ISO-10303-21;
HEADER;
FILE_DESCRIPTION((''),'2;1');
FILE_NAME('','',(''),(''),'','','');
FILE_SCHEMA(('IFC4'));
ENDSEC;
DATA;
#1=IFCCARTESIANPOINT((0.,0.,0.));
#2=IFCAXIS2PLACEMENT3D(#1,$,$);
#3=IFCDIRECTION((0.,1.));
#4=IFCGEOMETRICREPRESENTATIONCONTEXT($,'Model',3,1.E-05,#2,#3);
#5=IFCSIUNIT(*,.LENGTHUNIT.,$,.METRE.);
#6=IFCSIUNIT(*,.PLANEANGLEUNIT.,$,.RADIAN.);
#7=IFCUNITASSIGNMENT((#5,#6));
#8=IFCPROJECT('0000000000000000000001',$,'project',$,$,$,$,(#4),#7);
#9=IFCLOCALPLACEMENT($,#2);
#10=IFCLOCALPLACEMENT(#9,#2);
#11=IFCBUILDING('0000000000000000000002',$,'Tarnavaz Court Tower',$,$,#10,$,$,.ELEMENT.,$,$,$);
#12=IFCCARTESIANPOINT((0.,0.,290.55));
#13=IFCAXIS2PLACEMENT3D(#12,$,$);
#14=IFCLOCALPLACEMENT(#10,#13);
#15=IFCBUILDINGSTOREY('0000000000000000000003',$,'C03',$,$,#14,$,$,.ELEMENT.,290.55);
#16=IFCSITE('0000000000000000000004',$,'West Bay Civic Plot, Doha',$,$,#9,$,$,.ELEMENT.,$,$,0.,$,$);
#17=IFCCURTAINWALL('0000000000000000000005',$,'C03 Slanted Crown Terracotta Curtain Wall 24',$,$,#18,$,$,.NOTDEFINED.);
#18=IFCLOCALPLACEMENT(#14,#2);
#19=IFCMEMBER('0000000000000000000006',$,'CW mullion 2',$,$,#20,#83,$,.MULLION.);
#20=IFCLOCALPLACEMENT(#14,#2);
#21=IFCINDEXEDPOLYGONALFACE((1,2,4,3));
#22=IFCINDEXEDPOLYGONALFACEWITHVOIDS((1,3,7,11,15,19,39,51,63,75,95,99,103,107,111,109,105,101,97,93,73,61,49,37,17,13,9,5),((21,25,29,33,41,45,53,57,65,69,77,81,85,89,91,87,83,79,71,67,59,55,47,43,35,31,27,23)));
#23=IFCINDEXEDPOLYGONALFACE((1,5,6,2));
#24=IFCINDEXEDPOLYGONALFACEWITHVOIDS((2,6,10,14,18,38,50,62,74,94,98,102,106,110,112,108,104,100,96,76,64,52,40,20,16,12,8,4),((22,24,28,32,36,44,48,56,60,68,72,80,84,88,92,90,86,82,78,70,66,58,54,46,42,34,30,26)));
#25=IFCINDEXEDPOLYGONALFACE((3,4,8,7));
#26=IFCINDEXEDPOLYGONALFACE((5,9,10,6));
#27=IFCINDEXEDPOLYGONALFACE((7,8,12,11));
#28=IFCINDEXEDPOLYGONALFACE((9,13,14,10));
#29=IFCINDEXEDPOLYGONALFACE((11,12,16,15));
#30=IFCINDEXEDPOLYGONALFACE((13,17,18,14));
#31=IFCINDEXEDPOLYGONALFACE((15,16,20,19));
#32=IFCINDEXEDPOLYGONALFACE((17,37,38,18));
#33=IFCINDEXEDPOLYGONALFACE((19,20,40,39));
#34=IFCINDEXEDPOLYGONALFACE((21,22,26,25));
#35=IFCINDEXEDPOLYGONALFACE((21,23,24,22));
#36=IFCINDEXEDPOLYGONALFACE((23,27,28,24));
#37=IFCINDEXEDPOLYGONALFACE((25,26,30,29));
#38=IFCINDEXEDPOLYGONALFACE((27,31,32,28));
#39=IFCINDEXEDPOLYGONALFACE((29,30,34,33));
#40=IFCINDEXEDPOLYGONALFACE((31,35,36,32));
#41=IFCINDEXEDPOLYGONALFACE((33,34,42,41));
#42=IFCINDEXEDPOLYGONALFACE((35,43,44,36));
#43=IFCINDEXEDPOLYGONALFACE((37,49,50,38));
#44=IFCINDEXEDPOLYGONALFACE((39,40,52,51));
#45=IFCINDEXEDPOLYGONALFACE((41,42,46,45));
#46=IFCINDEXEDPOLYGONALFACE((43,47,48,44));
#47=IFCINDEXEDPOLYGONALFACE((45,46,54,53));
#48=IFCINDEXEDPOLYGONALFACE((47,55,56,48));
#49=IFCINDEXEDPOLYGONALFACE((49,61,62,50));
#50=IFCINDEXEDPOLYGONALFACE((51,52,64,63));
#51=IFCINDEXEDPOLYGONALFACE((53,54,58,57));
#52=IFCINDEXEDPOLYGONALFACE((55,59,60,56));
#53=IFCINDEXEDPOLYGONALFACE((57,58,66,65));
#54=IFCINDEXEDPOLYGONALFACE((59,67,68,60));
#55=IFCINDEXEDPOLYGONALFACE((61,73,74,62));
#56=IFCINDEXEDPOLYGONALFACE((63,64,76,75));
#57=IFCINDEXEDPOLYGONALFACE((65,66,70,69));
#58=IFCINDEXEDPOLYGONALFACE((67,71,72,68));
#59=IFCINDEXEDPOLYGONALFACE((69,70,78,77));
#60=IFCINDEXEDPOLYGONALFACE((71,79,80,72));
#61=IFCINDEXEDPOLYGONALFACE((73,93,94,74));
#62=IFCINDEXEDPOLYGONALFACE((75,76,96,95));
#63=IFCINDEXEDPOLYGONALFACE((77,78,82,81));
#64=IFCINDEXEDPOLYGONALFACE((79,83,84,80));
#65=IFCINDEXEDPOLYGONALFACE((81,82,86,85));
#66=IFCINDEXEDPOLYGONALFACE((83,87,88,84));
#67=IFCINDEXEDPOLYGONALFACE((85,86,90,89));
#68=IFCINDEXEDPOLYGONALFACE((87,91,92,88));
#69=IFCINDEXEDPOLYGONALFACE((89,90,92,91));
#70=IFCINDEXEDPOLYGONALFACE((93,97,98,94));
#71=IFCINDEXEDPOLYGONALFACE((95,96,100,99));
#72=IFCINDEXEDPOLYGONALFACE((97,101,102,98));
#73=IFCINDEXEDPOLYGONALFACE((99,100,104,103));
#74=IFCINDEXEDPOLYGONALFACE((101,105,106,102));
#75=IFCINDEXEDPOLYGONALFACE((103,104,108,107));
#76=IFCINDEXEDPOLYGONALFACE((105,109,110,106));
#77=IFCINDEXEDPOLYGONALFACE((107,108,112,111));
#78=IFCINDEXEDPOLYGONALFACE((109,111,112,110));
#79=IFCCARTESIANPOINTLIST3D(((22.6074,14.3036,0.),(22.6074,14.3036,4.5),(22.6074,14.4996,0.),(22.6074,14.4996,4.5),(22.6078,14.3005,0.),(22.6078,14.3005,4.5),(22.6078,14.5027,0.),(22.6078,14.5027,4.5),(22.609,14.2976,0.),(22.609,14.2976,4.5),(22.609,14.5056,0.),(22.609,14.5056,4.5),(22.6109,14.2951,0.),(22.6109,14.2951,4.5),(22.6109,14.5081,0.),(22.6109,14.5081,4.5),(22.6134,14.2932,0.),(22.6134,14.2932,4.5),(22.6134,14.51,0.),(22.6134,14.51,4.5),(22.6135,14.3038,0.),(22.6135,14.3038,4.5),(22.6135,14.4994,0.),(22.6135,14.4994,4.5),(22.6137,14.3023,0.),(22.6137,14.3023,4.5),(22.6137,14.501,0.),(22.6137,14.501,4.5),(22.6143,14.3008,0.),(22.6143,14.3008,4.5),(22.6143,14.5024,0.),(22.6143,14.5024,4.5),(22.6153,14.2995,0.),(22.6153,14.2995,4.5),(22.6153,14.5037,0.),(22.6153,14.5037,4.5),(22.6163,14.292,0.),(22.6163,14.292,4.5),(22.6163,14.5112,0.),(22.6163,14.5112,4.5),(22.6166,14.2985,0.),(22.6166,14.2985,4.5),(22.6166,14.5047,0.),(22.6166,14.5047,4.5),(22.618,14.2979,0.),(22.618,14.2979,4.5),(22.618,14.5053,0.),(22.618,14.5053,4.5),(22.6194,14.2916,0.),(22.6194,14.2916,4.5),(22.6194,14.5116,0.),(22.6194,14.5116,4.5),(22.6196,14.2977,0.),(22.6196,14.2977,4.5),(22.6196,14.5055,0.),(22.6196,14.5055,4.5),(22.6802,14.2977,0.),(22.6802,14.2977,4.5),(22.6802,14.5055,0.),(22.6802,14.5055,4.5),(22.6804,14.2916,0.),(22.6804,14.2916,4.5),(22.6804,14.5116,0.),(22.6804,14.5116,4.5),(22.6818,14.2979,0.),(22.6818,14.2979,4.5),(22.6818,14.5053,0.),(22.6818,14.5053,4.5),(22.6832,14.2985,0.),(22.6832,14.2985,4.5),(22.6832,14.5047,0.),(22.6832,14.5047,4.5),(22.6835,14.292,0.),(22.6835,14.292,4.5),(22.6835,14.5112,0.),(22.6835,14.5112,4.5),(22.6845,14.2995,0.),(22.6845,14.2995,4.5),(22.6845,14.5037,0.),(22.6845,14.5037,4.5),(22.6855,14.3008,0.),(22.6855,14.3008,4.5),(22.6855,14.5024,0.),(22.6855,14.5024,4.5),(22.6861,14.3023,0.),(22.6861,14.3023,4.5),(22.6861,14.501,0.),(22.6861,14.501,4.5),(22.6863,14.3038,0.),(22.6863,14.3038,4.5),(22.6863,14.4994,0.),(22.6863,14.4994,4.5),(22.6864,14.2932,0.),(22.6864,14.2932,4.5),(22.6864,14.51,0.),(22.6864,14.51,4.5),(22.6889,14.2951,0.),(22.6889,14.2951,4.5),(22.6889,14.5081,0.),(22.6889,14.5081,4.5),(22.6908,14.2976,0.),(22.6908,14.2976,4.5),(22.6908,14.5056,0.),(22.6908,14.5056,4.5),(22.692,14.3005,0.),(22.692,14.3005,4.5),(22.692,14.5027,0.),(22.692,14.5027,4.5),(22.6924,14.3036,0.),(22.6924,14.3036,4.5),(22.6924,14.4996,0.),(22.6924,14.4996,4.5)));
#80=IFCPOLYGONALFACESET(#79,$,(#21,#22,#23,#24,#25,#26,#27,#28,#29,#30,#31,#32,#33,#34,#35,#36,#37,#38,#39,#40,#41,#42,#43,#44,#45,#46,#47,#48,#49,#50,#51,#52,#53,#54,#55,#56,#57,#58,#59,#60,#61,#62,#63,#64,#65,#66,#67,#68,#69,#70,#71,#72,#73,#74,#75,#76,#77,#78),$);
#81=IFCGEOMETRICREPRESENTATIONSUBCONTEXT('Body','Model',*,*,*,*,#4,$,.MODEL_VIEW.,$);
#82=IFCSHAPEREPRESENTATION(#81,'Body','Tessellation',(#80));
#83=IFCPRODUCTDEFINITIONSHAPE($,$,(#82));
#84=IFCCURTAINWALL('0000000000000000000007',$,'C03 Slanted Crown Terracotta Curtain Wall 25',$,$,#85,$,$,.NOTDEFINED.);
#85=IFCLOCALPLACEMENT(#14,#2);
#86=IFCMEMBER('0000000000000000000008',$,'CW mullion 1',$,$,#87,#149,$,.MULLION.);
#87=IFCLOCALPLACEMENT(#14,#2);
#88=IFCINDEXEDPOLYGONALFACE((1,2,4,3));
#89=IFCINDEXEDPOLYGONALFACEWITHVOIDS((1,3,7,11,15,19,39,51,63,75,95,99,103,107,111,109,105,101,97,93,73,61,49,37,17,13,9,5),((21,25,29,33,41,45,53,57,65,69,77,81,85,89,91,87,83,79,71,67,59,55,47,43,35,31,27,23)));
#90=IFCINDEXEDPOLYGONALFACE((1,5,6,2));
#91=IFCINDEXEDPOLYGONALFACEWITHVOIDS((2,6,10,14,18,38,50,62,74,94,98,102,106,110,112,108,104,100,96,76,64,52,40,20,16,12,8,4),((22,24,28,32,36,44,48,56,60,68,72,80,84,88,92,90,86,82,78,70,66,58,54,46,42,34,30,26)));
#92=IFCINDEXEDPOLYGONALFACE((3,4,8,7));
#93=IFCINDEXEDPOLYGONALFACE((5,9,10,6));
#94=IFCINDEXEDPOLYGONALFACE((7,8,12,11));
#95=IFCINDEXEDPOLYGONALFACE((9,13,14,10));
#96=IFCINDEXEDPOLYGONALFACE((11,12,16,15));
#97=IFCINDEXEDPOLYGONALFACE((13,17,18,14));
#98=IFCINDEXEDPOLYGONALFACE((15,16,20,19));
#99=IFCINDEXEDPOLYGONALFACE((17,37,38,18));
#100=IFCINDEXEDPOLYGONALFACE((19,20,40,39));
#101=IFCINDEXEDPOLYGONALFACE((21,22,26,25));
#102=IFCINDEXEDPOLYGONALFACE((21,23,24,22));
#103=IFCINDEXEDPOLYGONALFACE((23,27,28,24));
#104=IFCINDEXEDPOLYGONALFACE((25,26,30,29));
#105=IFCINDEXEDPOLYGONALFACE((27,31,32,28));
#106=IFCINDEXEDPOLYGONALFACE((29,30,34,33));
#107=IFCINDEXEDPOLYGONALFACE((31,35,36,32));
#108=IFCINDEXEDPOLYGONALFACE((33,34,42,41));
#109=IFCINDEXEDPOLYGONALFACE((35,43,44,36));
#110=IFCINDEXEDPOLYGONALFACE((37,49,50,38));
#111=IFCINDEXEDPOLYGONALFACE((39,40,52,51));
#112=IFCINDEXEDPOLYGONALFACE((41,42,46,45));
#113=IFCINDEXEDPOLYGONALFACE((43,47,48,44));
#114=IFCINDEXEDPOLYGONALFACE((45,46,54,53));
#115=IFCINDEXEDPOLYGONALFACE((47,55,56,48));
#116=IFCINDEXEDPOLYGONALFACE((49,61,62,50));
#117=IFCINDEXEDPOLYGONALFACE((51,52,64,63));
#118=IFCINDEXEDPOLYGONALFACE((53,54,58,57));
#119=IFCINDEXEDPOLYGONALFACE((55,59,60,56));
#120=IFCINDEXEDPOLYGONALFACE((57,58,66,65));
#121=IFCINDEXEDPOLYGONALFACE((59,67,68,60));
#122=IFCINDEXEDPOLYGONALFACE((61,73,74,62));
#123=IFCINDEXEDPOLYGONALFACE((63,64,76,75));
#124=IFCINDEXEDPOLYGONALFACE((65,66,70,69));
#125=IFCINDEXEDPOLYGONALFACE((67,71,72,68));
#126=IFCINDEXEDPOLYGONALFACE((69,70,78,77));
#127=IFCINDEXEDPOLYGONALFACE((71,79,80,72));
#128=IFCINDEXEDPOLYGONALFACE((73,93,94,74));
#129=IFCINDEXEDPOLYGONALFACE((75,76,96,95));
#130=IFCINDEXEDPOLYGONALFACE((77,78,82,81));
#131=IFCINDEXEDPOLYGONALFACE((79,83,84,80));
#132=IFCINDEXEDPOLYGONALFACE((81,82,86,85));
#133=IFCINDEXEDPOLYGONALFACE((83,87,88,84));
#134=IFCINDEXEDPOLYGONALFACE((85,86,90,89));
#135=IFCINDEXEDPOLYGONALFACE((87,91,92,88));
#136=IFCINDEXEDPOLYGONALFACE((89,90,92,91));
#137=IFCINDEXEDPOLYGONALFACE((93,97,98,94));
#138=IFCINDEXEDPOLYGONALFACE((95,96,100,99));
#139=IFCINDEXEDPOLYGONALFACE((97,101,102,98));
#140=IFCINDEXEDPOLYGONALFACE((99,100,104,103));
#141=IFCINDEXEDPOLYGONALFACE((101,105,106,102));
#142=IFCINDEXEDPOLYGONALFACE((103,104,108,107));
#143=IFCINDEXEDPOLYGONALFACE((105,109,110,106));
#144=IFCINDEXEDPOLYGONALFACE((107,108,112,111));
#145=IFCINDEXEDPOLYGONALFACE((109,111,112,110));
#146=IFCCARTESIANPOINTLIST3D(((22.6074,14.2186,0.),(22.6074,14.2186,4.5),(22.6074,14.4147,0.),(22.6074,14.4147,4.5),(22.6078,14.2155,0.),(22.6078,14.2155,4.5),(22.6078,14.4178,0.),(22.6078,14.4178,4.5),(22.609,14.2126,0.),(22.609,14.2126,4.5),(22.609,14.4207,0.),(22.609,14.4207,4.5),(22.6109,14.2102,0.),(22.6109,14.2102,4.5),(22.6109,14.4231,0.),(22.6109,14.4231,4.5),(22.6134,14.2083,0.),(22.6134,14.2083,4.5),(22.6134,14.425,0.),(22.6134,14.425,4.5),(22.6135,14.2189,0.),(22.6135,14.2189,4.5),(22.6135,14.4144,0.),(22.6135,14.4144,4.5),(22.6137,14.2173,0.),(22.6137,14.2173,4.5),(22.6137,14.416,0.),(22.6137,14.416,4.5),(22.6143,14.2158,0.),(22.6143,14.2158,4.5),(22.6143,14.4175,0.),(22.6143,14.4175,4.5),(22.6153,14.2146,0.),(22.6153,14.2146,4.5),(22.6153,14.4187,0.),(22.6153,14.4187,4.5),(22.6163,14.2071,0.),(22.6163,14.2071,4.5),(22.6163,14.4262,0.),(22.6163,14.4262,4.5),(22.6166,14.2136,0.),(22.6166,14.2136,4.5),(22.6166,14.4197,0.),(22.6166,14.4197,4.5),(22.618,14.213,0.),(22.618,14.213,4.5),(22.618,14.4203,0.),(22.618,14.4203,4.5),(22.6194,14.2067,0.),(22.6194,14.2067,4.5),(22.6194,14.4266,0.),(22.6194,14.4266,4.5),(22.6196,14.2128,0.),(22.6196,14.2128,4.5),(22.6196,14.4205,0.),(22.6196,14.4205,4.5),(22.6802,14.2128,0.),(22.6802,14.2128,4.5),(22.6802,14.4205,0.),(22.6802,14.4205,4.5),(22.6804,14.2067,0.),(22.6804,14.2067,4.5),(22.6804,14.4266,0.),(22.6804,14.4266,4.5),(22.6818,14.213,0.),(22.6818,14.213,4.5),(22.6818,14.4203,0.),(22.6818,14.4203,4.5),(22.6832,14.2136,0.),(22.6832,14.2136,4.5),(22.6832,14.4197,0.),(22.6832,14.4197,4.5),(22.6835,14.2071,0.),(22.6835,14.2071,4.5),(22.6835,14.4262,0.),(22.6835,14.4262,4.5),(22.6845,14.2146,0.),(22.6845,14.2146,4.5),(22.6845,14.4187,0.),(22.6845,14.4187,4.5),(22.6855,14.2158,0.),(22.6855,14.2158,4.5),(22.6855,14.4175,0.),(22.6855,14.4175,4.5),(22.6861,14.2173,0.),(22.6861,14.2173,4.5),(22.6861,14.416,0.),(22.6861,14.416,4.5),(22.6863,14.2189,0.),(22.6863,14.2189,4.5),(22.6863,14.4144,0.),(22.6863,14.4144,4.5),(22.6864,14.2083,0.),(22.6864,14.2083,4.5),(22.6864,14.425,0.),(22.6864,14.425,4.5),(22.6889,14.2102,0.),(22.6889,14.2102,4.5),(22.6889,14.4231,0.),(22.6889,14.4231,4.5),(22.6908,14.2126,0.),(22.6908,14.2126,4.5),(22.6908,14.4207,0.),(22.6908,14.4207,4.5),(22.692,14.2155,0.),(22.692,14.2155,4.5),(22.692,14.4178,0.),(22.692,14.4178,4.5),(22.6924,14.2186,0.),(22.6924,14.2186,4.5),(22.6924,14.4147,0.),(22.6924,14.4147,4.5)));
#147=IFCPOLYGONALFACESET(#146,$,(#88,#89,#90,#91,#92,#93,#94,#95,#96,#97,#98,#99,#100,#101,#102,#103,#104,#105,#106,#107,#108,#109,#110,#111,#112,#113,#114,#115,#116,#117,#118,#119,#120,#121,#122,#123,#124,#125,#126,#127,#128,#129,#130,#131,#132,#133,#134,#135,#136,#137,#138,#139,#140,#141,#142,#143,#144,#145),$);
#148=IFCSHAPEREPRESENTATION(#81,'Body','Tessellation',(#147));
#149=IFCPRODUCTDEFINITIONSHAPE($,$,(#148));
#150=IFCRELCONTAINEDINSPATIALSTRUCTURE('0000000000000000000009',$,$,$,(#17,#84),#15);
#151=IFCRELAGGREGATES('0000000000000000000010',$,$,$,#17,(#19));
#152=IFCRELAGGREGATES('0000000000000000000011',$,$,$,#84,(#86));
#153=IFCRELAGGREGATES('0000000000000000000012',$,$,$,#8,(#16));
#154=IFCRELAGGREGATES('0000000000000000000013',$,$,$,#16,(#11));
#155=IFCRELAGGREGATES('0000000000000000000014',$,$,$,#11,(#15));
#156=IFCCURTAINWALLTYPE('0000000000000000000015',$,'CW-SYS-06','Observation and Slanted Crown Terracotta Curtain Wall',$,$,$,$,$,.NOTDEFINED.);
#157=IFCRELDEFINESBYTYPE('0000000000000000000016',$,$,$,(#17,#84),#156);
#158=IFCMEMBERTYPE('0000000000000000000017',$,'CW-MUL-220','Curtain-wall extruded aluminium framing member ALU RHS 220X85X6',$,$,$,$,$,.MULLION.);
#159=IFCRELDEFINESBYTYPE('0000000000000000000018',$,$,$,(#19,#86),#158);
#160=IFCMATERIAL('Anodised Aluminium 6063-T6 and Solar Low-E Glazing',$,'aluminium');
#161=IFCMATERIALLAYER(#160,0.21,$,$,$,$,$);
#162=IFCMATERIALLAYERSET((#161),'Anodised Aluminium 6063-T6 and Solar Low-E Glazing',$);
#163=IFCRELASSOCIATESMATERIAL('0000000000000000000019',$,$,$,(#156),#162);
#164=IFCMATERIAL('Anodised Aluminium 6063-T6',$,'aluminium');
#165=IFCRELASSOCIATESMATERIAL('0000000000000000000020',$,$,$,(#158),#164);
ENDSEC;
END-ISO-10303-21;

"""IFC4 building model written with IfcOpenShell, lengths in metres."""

from ifc_helpers import new_model, si_unit, direction, frame, origin, origin_2d, place, context, subcontext, project, spatial, hollow_rectangle, extrude, material, layer, layer_set, material_profile, profile_set, type_object, element, aggregate, save


model = new_model("IFC4")

# Units and contexts
model_context = context("Model", 3, precision=1e-05, world=origin(), true_north=direction((0.0, 1.0)))
body_context = subcontext(model_context, "Body", "Model", "MODEL_VIEW")
ifc_project = project(units=[si_unit("LENGTHUNIT", "METRE"), si_unit("PLANEANGLEUNIT", "RADIAN")], contexts=[model_context])

# Site, building, storey
site_placement = place(None, origin())
site = spatial("IfcSite", under=ifc_project, at=site_placement, Name="West Bay Civic Plot, Doha", CompositionType="ELEMENT", RefElevation=0.0)
building_placement = place(site_placement, origin())
building = spatial("IfcBuilding", under=site, at=building_placement, Name="Tarnavaz Court Tower", CompositionType="ELEMENT")
storey_placement = place(building_placement, frame((0.0, 0.0, 290.55)))
storey = spatial("IfcBuildingStorey", under=building, at=storey_placement, Name="C03", CompositionType="ELEMENT", Elevation=290.55)

# Shared definitions
ifc_material_1 = material(Name="Anodised Aluminium 6063-T6 and Solar Low-E Glazing", Category="aluminium")
ifc_layer_1 = layer(ifc_material_1, 0.21)
ifc_layer_set_1 = layer_set([ifc_layer_1], Name="Anodised Aluminium 6063-T6 and Solar Low-E Glazing")
curtain_wall_type = type_object("IfcCurtainWallType", Name="CW-SYS-06", Description="Observation and Slanted Crown Terracotta Curtain Wall", PredefinedType="NOTDEFINED", material=ifc_layer_set_1)
ifc_material_2 = material(Name="Anodised Aluminium 6063-T6", Category="aluminium")
ifc_material_profile_1 = material_profile(ifc_material_2, hollow_rectangle(XDim=0.085, YDim=0.22, WallThickness=0.0061, InnerFilletRadius=0.0061, OuterFilletRadius=0.012, at=origin_2d()), Name="ALU RHS 220X85X6")
ifc_profile_set_1 = profile_set([ifc_material_profile_1], Name="Anodised Aluminium 6063-T6")
member_type_1 = type_object("IfcMemberType", Name="CW-MUL-220", Description="Curtain-wall extruded aluminium framing member ALU RHS 220X85X6", PredefinedType="MULLION", material=ifc_profile_set_1)

# Curtain walls, members
curtain_wall_1_placement = place(storey_placement, origin())
curtain_wall_1 = element("IfcCurtainWall", 1, at=curtain_wall_1_placement, inside=storey, type_object=curtain_wall_type, Name="C03 Slanted Crown Terracotta Curtain Wall 24", PredefinedType="NOTDEFINED")
member_1_placement = place(storey_placement, frame((22.6499, 14.4016, 0.0), z_axis=(0.0, 0.0, 1.0), x_axis=(1.0, 0.0, 0.0)))
member_1 = element("IfcMember", 2, at=member_1_placement, type_object=member_type_1, Name="CW mullion 2", PredefinedType="MULLION", context=body_context, shape_type="SweptSolid", body=[
    extrude(hollow_rectangle(XDim=0.085, YDim=0.22, WallThickness=0.0061, InnerFilletRadius=0.0061, OuterFilletRadius=0.012, at=origin_2d()), origin(), (0.0, 0.0, 1.0), 4.5),
])
curtain_wall_2_placement = place(storey_placement, origin())
curtain_wall_2 = element("IfcCurtainWall", 3, at=curtain_wall_2_placement, inside=storey, type_object=curtain_wall_type, Name="C03 Slanted Crown Terracotta Curtain Wall 25", PredefinedType="NOTDEFINED")
member_2_placement = place(storey_placement, frame((22.6499, 14.3167, 0.0), z_axis=(0.0, 0.0, 1.0), x_axis=(1.0, 0.0, 0.0)))
member_2 = element("IfcMember", 4, at=member_2_placement, type_object=member_type_1, Name="CW mullion 1", PredefinedType="MULLION", context=body_context, shape_type="SweptSolid", body=[
    extrude(hollow_rectangle(XDim=0.085, YDim=0.22, WallThickness=0.0061, InnerFilletRadius=0.0061, OuterFilletRadius=0.012, at=origin_2d()), origin(), (0.0, 0.0, 1.0), 4.5),
])

aggregate(curtain_wall_1, [member_1])
aggregate(curtain_wall_2, [member_2])

save(model, "model.ifc")
